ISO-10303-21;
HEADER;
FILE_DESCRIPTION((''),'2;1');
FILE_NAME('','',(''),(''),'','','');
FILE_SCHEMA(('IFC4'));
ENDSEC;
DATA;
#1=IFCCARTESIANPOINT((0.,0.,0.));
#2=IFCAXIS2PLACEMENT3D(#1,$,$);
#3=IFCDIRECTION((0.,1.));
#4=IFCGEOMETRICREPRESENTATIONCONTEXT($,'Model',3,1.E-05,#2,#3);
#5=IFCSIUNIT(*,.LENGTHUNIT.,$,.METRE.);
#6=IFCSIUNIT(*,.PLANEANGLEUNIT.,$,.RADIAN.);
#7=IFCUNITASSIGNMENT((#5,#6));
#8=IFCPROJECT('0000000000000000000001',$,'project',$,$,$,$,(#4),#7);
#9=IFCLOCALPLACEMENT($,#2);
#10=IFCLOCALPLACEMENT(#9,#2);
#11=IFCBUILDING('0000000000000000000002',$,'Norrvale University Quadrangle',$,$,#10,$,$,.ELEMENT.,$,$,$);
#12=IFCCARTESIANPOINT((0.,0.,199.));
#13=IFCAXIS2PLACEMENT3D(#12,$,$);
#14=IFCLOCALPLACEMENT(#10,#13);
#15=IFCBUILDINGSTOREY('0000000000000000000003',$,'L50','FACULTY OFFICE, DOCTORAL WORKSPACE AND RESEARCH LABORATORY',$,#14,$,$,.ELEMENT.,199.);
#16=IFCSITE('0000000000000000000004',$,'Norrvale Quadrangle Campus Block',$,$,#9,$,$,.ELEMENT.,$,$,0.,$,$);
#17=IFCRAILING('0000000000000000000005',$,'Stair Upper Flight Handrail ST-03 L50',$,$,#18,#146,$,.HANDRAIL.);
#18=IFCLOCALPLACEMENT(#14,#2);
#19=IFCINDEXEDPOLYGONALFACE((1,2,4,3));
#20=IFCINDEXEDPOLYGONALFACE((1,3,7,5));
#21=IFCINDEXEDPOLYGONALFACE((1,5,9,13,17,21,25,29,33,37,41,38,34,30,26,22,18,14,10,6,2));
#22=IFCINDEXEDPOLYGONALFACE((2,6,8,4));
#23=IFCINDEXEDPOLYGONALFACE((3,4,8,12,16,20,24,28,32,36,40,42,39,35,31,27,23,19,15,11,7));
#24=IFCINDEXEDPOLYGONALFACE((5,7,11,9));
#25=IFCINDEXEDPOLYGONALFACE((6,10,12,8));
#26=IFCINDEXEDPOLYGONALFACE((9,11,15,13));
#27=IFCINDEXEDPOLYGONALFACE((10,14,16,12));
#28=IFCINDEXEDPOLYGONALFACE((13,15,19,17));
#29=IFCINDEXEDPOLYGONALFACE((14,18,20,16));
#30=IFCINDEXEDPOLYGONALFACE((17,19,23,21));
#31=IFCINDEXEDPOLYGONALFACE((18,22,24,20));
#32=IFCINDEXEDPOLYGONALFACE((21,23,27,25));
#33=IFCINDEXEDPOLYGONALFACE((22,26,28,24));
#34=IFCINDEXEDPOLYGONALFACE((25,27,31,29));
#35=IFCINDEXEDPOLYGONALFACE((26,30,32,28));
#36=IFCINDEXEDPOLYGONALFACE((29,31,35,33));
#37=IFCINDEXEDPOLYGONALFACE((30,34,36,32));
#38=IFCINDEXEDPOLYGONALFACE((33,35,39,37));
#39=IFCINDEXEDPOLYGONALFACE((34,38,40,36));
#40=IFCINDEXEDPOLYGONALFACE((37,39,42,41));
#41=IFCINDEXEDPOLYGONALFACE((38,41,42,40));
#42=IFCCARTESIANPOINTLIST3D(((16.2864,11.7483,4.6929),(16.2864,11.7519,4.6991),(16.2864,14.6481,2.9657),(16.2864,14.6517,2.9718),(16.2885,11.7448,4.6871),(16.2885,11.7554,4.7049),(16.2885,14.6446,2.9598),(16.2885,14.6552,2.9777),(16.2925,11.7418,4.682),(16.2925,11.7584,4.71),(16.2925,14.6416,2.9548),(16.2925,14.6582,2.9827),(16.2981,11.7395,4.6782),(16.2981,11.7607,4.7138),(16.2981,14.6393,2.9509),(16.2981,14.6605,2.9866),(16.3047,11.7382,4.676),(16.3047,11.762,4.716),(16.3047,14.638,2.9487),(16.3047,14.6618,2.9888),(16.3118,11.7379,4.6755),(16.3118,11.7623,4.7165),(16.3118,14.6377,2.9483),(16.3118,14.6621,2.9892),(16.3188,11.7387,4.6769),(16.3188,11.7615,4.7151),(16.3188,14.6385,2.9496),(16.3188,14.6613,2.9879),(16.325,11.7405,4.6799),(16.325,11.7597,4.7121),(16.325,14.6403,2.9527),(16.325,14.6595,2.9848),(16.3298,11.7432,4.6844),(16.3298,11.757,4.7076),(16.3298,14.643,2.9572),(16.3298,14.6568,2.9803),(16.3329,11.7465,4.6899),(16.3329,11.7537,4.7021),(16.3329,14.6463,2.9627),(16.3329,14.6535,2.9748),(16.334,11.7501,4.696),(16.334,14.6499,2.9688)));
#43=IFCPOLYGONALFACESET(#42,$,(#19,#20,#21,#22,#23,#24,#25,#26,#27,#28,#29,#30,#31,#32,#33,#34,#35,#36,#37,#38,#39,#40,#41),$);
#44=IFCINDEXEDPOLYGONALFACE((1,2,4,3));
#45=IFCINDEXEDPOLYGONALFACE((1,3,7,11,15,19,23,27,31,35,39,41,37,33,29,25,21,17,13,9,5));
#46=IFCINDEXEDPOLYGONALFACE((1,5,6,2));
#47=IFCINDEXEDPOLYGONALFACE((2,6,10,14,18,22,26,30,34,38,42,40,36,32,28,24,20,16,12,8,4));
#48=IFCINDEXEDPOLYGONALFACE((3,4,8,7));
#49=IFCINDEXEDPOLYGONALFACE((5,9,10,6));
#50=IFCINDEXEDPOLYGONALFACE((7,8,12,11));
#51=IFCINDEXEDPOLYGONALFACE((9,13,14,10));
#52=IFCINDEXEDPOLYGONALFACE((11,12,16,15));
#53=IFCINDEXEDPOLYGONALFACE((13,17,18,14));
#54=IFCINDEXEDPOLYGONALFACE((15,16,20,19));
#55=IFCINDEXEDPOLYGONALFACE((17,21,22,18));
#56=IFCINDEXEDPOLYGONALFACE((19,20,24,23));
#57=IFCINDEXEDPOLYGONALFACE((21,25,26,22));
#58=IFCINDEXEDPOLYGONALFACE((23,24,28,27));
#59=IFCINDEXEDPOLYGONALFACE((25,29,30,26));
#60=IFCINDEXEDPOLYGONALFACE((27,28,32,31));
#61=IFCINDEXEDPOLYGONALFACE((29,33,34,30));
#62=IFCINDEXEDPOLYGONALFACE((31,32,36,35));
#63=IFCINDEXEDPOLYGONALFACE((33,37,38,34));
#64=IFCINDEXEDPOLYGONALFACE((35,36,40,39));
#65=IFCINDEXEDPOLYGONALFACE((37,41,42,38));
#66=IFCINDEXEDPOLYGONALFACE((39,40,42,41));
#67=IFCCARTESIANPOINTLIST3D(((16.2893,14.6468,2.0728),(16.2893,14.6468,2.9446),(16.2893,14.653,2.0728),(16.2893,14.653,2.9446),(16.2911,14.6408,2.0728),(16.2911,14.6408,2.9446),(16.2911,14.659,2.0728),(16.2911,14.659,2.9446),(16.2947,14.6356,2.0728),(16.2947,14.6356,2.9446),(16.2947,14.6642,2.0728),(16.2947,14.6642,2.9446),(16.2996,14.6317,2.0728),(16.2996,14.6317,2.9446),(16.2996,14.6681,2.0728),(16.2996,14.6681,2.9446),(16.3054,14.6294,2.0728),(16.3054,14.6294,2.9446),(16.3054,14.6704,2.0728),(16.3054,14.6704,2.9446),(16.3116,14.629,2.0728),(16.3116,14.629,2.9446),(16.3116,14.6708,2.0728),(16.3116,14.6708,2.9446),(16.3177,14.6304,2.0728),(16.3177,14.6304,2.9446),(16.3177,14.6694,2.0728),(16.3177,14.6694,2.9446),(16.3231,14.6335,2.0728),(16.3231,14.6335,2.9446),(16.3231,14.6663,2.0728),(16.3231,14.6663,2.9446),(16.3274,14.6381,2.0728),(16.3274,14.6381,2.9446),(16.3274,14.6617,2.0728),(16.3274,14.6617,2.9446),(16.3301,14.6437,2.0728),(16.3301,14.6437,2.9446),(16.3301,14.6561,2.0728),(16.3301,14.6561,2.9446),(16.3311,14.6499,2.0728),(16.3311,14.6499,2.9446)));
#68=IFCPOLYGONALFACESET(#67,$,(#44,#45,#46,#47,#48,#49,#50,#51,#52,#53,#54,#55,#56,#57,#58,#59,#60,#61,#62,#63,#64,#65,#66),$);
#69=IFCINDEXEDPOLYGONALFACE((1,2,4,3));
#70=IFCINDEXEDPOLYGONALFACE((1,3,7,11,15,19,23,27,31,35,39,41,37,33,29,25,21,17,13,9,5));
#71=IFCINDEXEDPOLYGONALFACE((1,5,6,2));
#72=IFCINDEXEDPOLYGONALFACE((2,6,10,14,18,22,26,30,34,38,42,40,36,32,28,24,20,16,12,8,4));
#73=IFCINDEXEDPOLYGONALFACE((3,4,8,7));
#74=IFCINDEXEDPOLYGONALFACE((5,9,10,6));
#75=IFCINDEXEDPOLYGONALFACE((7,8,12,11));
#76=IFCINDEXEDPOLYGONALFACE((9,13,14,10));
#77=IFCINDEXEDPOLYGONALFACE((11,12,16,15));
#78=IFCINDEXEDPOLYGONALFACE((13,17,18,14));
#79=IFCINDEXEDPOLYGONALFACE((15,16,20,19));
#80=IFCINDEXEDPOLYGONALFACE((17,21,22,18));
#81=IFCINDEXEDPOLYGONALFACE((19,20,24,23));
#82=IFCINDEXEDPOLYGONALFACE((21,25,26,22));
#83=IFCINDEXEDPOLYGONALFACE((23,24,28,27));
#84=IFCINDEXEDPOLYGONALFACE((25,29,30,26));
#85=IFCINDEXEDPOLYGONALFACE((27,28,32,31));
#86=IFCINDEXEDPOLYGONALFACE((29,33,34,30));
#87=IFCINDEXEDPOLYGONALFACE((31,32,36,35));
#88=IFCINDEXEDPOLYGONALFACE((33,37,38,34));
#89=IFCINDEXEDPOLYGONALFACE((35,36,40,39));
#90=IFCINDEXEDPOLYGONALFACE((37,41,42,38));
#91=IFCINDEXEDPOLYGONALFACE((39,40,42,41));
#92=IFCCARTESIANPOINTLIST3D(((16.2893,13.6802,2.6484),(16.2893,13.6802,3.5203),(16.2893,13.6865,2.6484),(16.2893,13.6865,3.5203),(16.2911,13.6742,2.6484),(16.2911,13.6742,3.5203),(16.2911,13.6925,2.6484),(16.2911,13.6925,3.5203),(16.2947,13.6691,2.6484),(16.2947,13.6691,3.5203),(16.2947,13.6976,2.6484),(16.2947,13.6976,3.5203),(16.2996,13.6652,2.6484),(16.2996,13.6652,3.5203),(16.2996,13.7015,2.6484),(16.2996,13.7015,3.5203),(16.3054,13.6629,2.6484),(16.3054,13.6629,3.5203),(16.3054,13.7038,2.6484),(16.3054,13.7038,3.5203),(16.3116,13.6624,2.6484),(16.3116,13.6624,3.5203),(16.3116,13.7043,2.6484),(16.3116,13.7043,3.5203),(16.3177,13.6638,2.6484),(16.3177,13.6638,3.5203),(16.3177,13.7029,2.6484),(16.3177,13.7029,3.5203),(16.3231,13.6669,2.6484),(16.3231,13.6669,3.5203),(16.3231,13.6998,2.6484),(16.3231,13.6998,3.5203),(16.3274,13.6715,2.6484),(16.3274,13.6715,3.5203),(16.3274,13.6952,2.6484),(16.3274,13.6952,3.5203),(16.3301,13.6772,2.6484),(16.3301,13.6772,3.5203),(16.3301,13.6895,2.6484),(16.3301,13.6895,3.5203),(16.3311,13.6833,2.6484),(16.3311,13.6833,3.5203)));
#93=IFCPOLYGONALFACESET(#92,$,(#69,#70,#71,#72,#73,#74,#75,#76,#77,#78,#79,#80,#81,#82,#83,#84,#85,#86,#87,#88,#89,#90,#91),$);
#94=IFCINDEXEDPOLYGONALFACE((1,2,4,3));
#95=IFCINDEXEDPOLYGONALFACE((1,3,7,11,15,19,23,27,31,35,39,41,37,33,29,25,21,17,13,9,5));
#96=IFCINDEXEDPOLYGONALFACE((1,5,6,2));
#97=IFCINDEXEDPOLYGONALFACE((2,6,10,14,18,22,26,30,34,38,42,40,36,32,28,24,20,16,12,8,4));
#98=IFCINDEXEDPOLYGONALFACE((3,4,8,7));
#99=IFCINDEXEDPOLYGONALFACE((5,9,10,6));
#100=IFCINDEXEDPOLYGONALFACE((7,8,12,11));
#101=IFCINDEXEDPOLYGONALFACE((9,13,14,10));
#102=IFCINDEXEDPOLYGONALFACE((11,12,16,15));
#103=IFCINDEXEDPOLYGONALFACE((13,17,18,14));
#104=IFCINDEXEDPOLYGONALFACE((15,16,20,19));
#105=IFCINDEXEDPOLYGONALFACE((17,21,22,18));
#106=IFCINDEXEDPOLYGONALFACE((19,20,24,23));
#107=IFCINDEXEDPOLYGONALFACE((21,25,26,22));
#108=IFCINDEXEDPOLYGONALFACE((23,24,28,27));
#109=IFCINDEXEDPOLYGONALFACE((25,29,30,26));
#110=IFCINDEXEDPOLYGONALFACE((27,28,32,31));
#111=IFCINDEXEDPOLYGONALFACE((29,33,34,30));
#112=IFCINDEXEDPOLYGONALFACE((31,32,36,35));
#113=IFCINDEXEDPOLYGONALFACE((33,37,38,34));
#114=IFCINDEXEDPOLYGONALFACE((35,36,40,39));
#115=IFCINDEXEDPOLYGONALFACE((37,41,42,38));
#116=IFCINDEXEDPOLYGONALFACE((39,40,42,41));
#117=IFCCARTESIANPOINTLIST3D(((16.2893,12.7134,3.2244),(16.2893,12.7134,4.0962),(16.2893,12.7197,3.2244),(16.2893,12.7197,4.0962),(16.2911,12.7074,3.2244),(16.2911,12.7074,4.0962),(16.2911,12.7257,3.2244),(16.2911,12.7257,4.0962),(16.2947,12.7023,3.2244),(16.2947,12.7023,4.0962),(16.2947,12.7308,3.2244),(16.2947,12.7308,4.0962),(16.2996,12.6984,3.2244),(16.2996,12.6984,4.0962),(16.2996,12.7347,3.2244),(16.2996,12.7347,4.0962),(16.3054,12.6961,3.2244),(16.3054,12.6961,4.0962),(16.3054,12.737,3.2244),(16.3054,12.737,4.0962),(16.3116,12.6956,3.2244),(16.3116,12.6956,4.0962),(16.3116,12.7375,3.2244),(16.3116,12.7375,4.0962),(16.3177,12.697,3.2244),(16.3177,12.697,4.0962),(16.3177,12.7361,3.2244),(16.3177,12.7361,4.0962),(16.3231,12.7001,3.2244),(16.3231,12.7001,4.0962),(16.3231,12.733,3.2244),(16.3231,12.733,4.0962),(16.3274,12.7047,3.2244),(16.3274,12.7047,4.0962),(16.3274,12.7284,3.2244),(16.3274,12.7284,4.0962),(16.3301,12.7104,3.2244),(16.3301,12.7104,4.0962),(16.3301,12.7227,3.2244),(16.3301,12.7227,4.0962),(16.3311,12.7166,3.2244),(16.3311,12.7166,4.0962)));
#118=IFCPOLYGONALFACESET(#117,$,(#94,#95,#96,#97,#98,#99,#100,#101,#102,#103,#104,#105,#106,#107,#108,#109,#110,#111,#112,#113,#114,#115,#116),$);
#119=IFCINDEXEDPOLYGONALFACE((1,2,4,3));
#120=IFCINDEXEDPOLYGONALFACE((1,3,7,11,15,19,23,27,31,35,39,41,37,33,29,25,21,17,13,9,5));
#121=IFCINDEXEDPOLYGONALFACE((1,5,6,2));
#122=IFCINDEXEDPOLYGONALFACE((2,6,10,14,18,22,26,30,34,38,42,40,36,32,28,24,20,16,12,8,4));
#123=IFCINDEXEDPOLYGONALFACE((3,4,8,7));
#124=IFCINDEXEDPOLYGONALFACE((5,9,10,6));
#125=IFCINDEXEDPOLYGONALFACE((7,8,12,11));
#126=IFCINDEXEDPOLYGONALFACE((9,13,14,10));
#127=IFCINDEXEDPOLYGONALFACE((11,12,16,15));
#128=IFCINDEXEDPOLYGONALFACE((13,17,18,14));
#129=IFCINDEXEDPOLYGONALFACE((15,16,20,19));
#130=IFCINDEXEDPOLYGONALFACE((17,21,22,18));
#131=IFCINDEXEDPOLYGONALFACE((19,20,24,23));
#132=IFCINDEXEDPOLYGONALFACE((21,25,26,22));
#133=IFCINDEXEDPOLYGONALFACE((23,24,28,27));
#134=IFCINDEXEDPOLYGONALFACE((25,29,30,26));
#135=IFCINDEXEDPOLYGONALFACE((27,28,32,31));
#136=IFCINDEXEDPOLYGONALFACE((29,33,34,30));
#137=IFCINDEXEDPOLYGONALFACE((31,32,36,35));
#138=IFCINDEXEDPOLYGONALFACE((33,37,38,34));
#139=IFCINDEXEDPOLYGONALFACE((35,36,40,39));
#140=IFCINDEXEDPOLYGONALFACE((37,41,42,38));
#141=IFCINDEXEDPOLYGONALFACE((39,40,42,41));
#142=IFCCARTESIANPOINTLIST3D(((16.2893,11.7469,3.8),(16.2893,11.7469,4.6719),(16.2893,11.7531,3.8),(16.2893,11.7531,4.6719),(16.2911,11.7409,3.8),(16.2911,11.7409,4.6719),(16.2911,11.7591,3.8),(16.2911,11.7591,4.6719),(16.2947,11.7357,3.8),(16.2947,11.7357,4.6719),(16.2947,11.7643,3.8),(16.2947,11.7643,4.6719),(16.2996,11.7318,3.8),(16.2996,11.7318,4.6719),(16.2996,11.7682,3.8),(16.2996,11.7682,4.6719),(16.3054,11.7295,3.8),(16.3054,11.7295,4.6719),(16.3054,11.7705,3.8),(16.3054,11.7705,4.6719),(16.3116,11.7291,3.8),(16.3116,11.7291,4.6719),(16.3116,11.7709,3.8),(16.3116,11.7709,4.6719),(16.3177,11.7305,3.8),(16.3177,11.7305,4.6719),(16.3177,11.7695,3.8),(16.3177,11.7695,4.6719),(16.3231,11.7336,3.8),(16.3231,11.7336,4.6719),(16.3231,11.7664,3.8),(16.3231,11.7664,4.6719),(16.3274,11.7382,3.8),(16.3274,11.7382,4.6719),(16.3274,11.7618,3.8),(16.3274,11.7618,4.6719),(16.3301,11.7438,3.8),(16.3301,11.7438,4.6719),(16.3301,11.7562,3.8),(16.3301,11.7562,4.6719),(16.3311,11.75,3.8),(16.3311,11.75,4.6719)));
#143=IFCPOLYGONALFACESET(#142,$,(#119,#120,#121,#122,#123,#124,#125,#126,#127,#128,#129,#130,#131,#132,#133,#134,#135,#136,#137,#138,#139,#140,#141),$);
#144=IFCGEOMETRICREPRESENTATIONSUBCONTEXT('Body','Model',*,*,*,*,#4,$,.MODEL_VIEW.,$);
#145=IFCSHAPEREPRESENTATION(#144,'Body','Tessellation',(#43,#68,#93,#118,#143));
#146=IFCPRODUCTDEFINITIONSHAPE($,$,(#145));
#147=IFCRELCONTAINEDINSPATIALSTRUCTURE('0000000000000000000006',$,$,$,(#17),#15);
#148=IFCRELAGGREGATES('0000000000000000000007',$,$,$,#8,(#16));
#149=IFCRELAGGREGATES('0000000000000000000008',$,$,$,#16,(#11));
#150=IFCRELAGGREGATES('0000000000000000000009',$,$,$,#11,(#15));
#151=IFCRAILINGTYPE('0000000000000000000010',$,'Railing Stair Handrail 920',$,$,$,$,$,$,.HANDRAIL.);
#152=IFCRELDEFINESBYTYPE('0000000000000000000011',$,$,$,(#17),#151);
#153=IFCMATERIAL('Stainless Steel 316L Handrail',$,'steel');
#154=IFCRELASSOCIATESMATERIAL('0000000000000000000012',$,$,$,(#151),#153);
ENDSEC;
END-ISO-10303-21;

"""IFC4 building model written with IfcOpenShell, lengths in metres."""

from ifc_helpers import new_model, si_unit, direction, frame, origin, origin_2d, place, context, subcontext, project, spatial, circle, extrude, material, type_object, element, save


model = new_model("IFC4")

# Units and contexts
model_context = context("Model", 3, precision=1e-05, world=origin(), true_north=direction((0.0, 1.0)))
body_context = subcontext(model_context, "Body", "Model", "MODEL_VIEW")
ifc_project = project(units=[si_unit("LENGTHUNIT", "METRE"), si_unit("PLANEANGLEUNIT", "RADIAN")], contexts=[model_context])

# Site, building, storey
site_placement = place(None, origin())
site = spatial("IfcSite", under=ifc_project, at=site_placement, Name="Norrvale Quadrangle Campus Block", CompositionType="ELEMENT", RefElevation=0.0)
building_placement = place(site_placement, origin())
building = spatial("IfcBuilding", under=site, at=building_placement, Name="Norrvale University Quadrangle", CompositionType="ELEMENT")
storey_placement = place(building_placement, frame((0.0, 0.0, 199.0)))
storey = spatial("IfcBuildingStorey", under=building, at=storey_placement, Name="L50", Description="FACULTY OFFICE, DOCTORAL WORKSPACE AND RESEARCH LABORATORY", CompositionType="ELEMENT", Elevation=199.0)

# Railing
ifc_material_1 = material(Name="Stainless Steel 316L Handrail", Category="steel")
railing_type_1 = type_object("IfcRailingType", Name="Railing Stair Handrail 920", PredefinedType="HANDRAIL", material=ifc_material_1)
railing_1_placement = place(storey_placement, frame((16.3101, 14.6499, 2.0728)))
element("IfcRailing", 1, at=railing_1_placement, inside=storey, type_object=railing_type_1, Name="Stair Upper Flight Handrail ST-03 L50", PredefinedType="HANDRAIL", context=body_context, shape_type="SweptSolid", body=[
    extrude(circle(Radius=0.0239, at=origin_2d()), frame((0.0, 0.0, 0.896), z_axis=(0.0, -0.859141, 0.511738), x_axis=(1.0, 0.0, 0.0)), (0.0, 0.0, 1.0), 3.3752),
    extrude(circle(Radius=0.021, at=origin_2d()), origin(), (0.0, 0.0, 1.0), 0.8718),
    extrude(circle(Radius=0.021, at=origin_2d()), frame((0.0, -0.9666, 0.5757)), (0.0, 0.0, 1.0), 0.8718),
    extrude(circle(Radius=0.021, at=origin_2d()), frame((0.0, -1.9333, 1.1516)), (0.0, 0.0, 1.0), 0.8718),
    extrude(circle(Radius=0.021, at=origin_2d()), frame((0.0, -2.8999, 1.7273)), (0.0, 0.0, 1.0), 0.8718),
])

save(model, "model.ifc")
